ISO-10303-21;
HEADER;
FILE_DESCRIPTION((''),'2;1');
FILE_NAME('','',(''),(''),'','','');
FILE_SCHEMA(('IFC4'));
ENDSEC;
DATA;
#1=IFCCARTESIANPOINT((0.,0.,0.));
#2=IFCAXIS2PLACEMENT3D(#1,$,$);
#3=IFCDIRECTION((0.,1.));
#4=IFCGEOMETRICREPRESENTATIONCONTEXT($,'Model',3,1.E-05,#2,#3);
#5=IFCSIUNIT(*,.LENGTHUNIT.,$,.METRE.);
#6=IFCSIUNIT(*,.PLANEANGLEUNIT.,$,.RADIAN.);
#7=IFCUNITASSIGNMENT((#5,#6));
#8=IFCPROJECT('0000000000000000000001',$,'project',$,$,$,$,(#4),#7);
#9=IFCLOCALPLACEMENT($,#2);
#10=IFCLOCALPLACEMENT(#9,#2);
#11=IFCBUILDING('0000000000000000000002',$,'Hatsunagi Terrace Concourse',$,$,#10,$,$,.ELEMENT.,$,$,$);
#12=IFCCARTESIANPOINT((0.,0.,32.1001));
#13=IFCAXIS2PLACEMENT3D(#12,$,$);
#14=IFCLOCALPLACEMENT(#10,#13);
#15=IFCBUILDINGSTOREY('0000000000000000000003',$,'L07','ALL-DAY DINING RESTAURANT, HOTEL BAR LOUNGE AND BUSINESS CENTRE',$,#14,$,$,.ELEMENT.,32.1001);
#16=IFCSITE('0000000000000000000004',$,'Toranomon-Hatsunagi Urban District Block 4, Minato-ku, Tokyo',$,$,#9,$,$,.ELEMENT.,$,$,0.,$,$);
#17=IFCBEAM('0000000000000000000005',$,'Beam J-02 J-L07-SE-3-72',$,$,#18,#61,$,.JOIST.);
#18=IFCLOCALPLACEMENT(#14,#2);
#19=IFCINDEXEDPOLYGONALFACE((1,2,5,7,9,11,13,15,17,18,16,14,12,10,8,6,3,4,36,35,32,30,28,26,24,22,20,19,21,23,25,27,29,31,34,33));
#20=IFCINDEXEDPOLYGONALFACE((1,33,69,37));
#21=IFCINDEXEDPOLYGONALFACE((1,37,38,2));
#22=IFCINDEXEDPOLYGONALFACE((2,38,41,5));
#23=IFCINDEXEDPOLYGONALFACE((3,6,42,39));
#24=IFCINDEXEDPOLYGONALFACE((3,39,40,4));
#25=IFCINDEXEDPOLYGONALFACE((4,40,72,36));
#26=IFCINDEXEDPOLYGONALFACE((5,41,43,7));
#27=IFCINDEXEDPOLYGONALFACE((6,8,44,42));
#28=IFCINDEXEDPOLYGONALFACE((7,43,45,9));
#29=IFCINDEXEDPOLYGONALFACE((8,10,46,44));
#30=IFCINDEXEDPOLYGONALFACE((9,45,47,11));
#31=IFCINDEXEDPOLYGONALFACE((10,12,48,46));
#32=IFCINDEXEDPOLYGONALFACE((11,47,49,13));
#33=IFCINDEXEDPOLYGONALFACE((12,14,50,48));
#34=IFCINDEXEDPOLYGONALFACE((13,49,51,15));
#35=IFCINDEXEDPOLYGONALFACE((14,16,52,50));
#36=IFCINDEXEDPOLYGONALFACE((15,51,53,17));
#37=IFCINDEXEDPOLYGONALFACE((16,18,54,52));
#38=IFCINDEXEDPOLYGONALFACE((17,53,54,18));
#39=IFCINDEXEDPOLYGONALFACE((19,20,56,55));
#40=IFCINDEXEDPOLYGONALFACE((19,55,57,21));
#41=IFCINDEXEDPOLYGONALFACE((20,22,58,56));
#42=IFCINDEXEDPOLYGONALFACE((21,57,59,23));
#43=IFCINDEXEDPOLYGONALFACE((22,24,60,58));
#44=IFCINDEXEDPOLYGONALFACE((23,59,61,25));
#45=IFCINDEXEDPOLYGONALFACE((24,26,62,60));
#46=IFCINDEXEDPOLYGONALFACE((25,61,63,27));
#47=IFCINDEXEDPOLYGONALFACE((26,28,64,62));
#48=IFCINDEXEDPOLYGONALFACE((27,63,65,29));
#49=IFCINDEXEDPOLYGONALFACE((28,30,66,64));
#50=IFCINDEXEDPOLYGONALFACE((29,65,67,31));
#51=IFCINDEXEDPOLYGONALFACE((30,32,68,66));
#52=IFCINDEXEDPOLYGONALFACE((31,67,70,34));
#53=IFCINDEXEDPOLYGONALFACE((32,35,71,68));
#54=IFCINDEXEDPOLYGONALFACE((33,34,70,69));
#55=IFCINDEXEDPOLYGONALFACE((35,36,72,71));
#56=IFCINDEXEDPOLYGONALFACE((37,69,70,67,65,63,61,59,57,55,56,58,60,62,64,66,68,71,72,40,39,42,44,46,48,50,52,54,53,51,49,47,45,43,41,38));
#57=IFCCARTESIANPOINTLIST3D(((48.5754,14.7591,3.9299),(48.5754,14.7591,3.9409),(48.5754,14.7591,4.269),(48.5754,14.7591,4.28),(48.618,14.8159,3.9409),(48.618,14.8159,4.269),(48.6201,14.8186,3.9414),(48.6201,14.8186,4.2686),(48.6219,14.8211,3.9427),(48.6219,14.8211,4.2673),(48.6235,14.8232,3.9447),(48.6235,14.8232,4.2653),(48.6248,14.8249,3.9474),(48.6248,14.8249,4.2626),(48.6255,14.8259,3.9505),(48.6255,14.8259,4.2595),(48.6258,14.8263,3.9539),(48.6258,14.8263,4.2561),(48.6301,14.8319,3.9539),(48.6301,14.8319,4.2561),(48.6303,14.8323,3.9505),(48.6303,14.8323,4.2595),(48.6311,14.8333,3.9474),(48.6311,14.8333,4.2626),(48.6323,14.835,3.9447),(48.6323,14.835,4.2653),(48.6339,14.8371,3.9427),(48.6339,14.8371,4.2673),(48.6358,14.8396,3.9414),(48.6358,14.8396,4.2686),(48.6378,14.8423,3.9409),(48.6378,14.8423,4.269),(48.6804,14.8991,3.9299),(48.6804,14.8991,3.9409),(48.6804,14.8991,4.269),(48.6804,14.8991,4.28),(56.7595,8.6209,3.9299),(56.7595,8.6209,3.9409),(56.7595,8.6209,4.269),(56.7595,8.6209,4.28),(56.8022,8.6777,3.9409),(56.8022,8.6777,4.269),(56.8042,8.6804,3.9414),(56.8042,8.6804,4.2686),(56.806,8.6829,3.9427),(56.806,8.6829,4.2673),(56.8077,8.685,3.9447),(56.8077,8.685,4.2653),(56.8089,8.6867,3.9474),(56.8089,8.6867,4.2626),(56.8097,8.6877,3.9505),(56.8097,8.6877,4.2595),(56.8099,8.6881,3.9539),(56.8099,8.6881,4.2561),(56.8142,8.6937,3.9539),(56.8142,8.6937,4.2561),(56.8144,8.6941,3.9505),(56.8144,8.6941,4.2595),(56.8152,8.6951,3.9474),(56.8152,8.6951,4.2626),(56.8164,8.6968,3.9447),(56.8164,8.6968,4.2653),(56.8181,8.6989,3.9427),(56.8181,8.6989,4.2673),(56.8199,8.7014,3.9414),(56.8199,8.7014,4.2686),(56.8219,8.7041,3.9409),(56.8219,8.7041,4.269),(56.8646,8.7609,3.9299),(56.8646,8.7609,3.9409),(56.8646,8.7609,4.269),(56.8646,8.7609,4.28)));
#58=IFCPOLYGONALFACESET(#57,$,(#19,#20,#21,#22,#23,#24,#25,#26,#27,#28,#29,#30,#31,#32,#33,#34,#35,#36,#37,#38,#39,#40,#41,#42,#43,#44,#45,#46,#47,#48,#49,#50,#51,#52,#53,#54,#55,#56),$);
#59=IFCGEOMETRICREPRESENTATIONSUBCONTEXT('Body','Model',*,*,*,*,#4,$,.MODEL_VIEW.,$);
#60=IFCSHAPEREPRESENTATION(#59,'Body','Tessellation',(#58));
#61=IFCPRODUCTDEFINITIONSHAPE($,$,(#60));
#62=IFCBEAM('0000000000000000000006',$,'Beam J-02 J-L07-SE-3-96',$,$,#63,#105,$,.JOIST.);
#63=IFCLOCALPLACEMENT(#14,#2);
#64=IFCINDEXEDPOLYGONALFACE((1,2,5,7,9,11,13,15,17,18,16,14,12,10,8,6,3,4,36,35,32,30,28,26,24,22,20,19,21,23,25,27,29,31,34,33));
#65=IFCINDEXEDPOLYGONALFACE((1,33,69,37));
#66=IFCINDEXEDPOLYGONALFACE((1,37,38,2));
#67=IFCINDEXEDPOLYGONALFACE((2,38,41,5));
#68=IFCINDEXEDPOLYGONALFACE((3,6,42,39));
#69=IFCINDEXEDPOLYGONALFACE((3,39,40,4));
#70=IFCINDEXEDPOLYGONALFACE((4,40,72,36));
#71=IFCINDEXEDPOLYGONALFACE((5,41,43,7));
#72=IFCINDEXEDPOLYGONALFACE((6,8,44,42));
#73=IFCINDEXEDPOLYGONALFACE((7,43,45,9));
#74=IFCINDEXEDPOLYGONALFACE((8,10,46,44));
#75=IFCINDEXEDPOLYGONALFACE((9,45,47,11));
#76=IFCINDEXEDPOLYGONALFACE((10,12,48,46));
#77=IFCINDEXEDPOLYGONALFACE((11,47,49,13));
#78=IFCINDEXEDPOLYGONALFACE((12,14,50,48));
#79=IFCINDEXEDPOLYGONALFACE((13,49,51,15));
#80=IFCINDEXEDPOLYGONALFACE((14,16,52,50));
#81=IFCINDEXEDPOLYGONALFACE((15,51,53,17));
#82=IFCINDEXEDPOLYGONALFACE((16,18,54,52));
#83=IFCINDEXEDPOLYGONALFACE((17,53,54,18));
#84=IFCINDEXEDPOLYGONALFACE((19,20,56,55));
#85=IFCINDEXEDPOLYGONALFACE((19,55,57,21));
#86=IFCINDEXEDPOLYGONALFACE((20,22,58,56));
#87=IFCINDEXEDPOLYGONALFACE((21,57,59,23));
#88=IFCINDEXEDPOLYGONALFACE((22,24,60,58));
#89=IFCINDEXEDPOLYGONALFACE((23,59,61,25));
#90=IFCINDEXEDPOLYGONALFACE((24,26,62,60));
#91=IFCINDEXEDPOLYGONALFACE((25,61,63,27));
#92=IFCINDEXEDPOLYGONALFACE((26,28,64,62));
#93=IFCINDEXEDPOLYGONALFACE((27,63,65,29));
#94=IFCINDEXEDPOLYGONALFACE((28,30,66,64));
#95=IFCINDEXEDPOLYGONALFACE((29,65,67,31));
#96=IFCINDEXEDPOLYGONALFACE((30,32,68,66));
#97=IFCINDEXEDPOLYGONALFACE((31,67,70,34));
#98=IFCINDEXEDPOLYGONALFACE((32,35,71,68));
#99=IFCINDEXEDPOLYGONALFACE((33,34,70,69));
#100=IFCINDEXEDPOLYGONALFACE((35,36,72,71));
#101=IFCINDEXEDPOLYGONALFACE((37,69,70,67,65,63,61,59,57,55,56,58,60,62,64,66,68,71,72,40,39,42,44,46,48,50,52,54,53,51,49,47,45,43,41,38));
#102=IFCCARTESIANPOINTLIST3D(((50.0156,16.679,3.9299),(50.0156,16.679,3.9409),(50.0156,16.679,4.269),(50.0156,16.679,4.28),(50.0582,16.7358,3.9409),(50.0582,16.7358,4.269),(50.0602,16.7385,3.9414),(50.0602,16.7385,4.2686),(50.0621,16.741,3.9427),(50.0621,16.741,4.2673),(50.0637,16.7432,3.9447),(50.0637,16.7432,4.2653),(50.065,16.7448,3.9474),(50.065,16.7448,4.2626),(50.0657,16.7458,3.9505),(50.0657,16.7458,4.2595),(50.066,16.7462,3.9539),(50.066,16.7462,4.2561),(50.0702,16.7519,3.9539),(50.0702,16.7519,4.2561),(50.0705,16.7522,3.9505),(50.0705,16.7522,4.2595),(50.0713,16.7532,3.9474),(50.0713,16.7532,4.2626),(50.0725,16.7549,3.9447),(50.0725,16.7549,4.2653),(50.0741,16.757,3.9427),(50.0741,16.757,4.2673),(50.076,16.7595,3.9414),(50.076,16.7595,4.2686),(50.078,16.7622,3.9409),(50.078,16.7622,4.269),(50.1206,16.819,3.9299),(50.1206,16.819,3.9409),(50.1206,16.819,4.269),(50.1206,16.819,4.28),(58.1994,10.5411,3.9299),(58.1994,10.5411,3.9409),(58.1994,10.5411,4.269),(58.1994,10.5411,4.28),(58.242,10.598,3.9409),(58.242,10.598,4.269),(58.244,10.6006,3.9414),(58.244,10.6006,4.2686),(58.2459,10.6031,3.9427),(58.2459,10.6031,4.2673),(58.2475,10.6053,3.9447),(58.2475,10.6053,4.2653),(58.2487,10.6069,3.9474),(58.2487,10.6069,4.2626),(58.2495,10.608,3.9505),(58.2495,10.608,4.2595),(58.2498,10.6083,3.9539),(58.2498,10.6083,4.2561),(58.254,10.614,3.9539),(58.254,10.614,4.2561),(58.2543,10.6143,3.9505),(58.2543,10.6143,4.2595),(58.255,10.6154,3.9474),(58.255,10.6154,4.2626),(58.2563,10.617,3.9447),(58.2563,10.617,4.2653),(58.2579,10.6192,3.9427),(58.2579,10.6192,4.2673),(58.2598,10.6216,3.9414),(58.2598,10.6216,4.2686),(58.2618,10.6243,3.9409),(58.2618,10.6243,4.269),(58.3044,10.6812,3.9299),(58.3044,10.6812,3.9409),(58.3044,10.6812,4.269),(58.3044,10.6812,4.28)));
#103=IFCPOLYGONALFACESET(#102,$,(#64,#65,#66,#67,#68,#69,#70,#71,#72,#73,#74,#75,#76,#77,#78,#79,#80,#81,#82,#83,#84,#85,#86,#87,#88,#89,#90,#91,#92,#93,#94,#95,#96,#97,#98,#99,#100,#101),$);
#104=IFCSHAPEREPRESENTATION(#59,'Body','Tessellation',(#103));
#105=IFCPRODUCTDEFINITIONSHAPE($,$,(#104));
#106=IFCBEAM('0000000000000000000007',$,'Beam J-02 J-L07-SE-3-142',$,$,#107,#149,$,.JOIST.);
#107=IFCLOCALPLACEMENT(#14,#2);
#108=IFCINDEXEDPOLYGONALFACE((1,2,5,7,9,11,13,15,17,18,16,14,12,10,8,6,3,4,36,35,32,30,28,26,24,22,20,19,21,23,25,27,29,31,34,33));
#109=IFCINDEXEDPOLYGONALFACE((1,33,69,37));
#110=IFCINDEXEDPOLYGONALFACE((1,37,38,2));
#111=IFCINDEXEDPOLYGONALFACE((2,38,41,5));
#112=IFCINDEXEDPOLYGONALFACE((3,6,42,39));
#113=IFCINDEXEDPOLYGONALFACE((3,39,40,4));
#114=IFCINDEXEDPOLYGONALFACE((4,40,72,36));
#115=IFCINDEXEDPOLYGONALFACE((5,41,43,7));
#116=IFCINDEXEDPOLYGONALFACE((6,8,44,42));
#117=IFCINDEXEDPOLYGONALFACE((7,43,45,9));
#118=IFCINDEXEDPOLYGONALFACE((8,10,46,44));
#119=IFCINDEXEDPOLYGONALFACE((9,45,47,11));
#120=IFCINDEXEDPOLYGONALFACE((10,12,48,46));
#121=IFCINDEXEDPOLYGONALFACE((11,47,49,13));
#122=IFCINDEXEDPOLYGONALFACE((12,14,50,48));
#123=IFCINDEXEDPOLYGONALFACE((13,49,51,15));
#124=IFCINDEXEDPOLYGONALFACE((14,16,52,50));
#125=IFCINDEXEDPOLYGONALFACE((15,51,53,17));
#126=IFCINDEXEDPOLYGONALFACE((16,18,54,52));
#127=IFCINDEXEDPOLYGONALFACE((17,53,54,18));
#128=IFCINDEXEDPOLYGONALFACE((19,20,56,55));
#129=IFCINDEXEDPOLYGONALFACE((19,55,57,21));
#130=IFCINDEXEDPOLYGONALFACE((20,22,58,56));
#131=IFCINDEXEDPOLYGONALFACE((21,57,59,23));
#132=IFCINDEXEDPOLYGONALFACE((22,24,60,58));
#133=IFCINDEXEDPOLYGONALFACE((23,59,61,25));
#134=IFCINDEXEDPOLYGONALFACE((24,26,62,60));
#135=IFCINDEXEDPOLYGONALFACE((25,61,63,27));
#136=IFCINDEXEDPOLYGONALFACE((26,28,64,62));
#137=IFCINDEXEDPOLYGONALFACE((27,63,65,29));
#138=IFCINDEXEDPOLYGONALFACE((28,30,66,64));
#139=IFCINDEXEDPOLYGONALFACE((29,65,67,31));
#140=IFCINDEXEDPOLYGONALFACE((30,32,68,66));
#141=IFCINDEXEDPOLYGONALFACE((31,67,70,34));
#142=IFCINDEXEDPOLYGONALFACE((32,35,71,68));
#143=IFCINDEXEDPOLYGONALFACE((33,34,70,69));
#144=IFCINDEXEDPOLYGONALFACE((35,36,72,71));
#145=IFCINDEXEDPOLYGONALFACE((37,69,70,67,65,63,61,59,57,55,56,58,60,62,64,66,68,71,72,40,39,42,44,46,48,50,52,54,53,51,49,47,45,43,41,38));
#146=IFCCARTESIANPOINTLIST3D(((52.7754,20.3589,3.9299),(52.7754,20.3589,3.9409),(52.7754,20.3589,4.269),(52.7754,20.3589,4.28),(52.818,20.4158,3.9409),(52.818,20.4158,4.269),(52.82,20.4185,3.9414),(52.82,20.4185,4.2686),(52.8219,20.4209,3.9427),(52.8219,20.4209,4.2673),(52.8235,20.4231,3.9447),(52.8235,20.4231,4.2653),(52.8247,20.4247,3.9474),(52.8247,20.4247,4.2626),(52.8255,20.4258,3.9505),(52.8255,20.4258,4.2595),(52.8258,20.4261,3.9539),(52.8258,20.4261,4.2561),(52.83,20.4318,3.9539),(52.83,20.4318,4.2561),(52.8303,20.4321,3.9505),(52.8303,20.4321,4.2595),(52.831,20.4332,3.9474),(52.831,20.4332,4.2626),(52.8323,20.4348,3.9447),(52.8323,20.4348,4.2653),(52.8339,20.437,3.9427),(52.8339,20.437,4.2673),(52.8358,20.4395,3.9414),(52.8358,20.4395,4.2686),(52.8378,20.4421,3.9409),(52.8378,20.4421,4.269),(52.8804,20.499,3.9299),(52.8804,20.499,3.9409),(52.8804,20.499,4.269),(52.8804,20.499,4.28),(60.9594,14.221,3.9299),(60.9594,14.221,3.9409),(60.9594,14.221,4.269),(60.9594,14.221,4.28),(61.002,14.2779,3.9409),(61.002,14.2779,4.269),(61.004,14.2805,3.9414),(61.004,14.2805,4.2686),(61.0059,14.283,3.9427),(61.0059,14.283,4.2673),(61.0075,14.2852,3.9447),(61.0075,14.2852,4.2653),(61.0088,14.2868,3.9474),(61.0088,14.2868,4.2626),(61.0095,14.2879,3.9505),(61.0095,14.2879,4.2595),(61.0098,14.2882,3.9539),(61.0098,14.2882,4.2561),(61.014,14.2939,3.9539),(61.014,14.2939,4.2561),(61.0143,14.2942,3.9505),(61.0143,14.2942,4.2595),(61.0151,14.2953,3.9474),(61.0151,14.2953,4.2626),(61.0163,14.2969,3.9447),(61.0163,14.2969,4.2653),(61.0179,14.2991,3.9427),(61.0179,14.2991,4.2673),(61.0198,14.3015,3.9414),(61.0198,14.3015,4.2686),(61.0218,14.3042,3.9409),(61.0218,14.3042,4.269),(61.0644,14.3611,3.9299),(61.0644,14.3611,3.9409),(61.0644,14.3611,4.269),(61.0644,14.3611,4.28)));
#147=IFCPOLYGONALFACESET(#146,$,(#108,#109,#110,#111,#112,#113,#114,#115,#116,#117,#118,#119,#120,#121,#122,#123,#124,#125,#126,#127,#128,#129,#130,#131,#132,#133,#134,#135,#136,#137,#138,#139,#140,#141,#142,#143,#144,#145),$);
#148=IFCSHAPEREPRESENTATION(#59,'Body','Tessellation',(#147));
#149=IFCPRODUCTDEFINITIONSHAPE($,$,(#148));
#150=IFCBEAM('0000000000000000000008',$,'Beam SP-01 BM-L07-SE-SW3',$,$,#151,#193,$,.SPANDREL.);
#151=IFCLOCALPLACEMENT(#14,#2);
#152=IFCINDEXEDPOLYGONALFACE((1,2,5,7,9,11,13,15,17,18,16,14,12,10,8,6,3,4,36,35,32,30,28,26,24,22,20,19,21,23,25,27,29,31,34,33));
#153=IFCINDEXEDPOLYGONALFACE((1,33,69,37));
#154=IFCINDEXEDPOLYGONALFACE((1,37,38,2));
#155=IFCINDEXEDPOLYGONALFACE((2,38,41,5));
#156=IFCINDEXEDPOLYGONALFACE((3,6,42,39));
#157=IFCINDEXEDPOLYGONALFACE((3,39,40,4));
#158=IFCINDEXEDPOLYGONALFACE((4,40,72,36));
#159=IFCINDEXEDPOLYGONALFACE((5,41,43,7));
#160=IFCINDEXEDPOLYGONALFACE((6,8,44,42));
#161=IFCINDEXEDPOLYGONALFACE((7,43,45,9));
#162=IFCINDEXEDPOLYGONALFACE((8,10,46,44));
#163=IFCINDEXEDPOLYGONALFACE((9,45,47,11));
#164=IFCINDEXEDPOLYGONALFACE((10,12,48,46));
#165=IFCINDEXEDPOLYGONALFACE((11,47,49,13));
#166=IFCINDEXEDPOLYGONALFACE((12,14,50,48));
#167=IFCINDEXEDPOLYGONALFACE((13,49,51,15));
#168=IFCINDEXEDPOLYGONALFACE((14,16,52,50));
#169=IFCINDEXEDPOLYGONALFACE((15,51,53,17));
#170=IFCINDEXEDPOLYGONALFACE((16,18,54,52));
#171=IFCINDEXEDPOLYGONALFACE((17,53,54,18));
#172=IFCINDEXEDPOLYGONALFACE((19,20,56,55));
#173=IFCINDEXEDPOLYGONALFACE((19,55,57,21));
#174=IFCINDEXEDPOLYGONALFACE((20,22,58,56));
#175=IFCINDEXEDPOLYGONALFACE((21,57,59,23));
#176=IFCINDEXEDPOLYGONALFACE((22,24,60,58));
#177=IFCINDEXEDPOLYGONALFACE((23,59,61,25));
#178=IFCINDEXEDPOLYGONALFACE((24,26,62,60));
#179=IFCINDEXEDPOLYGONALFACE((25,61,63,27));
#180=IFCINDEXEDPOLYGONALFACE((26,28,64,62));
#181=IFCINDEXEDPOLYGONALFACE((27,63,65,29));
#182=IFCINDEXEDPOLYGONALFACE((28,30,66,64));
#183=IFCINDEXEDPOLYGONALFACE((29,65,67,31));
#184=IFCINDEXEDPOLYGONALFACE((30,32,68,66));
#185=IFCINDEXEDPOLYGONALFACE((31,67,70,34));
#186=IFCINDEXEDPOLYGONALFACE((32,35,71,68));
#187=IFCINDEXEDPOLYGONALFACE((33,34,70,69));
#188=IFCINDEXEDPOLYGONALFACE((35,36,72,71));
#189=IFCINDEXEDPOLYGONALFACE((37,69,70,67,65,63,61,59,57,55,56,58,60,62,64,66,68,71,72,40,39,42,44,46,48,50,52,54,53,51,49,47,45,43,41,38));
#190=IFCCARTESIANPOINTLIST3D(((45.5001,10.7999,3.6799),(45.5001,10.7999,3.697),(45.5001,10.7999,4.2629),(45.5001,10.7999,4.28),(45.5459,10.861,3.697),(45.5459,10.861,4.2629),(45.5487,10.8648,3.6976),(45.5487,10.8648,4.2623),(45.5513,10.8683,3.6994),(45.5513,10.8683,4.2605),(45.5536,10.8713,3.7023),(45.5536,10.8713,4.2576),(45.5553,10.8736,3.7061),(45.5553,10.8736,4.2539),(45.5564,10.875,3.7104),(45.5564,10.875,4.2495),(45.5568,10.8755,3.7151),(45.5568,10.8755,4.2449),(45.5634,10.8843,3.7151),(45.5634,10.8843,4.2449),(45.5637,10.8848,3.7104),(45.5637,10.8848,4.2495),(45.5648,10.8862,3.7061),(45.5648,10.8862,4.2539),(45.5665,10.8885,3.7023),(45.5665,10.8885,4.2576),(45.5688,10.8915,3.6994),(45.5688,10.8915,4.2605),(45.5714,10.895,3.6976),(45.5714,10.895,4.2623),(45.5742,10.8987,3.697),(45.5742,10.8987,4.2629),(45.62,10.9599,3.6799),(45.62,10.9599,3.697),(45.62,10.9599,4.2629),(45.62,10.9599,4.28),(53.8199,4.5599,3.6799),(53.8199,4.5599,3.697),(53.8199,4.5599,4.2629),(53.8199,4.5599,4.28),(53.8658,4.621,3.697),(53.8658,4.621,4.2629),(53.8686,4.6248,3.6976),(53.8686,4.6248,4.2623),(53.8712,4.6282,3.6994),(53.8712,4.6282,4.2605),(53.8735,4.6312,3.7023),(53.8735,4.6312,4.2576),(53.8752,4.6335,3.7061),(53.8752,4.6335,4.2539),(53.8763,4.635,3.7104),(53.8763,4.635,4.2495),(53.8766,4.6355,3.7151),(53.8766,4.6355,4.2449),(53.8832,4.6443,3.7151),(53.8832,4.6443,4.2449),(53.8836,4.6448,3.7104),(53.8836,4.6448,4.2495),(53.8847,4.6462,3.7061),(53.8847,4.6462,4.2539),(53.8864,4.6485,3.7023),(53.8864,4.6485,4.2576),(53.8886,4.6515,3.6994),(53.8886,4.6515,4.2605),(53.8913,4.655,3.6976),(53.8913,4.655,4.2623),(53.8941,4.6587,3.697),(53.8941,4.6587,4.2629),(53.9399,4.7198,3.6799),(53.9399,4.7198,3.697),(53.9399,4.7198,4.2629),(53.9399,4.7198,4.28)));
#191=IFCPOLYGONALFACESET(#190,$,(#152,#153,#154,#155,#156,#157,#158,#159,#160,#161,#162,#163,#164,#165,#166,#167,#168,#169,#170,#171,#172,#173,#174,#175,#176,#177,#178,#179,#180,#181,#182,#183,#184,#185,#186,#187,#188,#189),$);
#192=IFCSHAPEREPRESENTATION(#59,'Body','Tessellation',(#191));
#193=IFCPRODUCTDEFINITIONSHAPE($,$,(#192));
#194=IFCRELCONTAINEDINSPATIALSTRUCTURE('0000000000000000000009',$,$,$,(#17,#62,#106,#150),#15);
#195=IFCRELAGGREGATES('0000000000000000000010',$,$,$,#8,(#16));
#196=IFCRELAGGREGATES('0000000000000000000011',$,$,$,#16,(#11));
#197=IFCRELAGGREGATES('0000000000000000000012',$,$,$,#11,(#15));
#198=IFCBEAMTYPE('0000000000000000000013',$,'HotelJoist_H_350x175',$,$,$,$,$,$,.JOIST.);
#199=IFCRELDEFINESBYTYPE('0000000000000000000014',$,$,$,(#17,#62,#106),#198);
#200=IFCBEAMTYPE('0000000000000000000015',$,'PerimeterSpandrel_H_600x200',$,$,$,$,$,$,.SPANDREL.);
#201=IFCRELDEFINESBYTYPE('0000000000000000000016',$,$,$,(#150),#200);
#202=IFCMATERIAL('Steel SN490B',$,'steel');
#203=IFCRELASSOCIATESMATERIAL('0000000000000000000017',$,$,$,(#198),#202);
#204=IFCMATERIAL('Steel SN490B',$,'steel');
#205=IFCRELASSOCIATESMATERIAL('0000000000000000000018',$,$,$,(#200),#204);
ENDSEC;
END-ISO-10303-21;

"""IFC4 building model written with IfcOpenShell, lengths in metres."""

from ifc_helpers import new_model, si_unit, direction, frame, origin, origin_2d, place, context, subcontext, project, spatial, i_section, extrude, material, material_profile, profile_set, type_object, element, save


model = new_model("IFC4")

# Units and contexts
model_context = context("Model", 3, precision=1e-05, world=origin(), true_north=direction((0.0, 1.0)))
body_context = subcontext(model_context, "Body", "Model", "MODEL_VIEW")
ifc_project = project(units=[si_unit("LENGTHUNIT", "METRE"), si_unit("PLANEANGLEUNIT", "RADIAN")], contexts=[model_context])

# Site, building, storey
site_placement = place(None, origin())
site = spatial("IfcSite", under=ifc_project, at=site_placement, Name="Toranomon-Hatsunagi Urban District Block 4, Minato-ku, Tokyo", CompositionType="ELEMENT", RefElevation=0.0)
building_placement = place(site_placement, origin())
building = spatial("IfcBuilding", under=site, at=building_placement, Name="Hatsunagi Terrace Concourse", CompositionType="ELEMENT")
storey_placement = place(building_placement, frame((0.0, 0.0, 32.1001)))
storey = spatial("IfcBuildingStorey", under=building, at=storey_placement, Name="L07", Description="ALL-DAY DINING RESTAURANT, HOTEL BAR LOUNGE AND BUSINESS CENTRE", CompositionType="ELEMENT", Elevation=32.1001)

# Beams
ifc_material_1 = material(Name="Steel SN490B", Category="steel")
ifc_material_profile_1 = material_profile(ifc_material_1, i_section(OverallWidth=0.175, OverallDepth=0.3501, WebThickness=0.0071, FlangeThickness=0.011, FilletRadius=0.0129, at=origin_2d()), Name="H-350x175x7x11")
ifc_profile_set_1 = profile_set([ifc_material_profile_1], Name="Steel SN490B")
beam_type_1 = type_object("IfcBeamType", Name="HotelJoist_H_350x175", PredefinedType="JOIST", material=ifc_profile_set_1)
beam_1_placement = place(storey_placement, frame((48.6279, 14.8291, 4.105), z_axis=(0.799994, -0.600008, 0.0), x_axis=(0.600008, 0.799994, 0.0)))
element("IfcBeam", 1, at=beam_1_placement, inside=storey, type_object=beam_type_1, Name="Beam J-02 J-L07-SE-3-72", PredefinedType="JOIST", context=body_context, shape_type="SweptSolid", body=[
    extrude(i_section(OverallWidth=0.175, OverallDepth=0.3501, WebThickness=0.0071, FlangeThickness=0.011, FilletRadius=0.0129, at=origin_2d()), origin(), (0.0, 0.0, 1.0), 10.2302),
])
beam_2_placement = place(storey_placement, frame((50.0681, 16.749, 4.105), z_axis=(0.799997, -0.600004, 0.0), x_axis=(0.600004, 0.799997, 0.0)))
element("IfcBeam", 2, at=beam_2_placement, inside=storey, type_object=beam_type_1, Name="Beam J-02 J-L07-SE-3-96", PredefinedType="JOIST", context=body_context, shape_type="SweptSolid", body=[
    extrude(i_section(OverallWidth=0.175, OverallDepth=0.3501, WebThickness=0.0071, FlangeThickness=0.011, FilletRadius=0.0129, at=origin_2d()), origin(), (0.0, 0.0, 1.0), 10.2297),
])
beam_3_placement = place(storey_placement, frame((52.8279, 20.429, 4.105), z_axis=(0.800006, -0.599992, 0.0), x_axis=(0.599992, 0.800006, 0.0)))
element("IfcBeam", 3, at=beam_3_placement, inside=storey, type_object=beam_type_1, Name="Beam J-02 J-L07-SE-3-142", PredefinedType="JOIST", context=body_context, shape_type="SweptSolid", body=[
    extrude(i_section(OverallWidth=0.175, OverallDepth=0.3501, WebThickness=0.0071, FlangeThickness=0.011, FilletRadius=0.0129, at=origin_2d()), origin(), (0.0, 0.0, 1.0), 10.23),
])
ifc_material_2 = material(Name="Steel SN490B", Category="steel")
ifc_material_profile_2 = material_profile(ifc_material_2, i_section(OverallWidth=0.2, OverallDepth=0.6001, WebThickness=0.011, FlangeThickness=0.0171, FilletRadius=0.0181, at=origin_2d()), Name="H-600x200x11x17")
ifc_profile_set_2 = profile_set([ifc_material_profile_2], Name="Steel SN490B")
beam_type_2 = type_object("IfcBeamType", Name="PerimeterSpandrel_H_600x200", PredefinedType="SPANDREL", material=ifc_profile_set_2)
beam_4_placement = place(storey_placement, frame((45.5601, 10.8799, 3.98), z_axis=(0.799994, -0.600008, 0.0), x_axis=(0.600008, 0.799994, 0.0)))
element("IfcBeam", 4, at=beam_4_placement, inside=storey, type_object=beam_type_2, Name="Beam SP-01 BM-L07-SE-SW3", PredefinedType="SPANDREL", context=body_context, shape_type="SweptSolid", body=[
    extrude(i_section(OverallWidth=0.2, OverallDepth=0.6001, WebThickness=0.011, FlangeThickness=0.0171, FilletRadius=0.0181, at=origin_2d()), origin(), (0.0, 0.0, 1.0), 10.3999),
])

save(model, "model.ifc")
